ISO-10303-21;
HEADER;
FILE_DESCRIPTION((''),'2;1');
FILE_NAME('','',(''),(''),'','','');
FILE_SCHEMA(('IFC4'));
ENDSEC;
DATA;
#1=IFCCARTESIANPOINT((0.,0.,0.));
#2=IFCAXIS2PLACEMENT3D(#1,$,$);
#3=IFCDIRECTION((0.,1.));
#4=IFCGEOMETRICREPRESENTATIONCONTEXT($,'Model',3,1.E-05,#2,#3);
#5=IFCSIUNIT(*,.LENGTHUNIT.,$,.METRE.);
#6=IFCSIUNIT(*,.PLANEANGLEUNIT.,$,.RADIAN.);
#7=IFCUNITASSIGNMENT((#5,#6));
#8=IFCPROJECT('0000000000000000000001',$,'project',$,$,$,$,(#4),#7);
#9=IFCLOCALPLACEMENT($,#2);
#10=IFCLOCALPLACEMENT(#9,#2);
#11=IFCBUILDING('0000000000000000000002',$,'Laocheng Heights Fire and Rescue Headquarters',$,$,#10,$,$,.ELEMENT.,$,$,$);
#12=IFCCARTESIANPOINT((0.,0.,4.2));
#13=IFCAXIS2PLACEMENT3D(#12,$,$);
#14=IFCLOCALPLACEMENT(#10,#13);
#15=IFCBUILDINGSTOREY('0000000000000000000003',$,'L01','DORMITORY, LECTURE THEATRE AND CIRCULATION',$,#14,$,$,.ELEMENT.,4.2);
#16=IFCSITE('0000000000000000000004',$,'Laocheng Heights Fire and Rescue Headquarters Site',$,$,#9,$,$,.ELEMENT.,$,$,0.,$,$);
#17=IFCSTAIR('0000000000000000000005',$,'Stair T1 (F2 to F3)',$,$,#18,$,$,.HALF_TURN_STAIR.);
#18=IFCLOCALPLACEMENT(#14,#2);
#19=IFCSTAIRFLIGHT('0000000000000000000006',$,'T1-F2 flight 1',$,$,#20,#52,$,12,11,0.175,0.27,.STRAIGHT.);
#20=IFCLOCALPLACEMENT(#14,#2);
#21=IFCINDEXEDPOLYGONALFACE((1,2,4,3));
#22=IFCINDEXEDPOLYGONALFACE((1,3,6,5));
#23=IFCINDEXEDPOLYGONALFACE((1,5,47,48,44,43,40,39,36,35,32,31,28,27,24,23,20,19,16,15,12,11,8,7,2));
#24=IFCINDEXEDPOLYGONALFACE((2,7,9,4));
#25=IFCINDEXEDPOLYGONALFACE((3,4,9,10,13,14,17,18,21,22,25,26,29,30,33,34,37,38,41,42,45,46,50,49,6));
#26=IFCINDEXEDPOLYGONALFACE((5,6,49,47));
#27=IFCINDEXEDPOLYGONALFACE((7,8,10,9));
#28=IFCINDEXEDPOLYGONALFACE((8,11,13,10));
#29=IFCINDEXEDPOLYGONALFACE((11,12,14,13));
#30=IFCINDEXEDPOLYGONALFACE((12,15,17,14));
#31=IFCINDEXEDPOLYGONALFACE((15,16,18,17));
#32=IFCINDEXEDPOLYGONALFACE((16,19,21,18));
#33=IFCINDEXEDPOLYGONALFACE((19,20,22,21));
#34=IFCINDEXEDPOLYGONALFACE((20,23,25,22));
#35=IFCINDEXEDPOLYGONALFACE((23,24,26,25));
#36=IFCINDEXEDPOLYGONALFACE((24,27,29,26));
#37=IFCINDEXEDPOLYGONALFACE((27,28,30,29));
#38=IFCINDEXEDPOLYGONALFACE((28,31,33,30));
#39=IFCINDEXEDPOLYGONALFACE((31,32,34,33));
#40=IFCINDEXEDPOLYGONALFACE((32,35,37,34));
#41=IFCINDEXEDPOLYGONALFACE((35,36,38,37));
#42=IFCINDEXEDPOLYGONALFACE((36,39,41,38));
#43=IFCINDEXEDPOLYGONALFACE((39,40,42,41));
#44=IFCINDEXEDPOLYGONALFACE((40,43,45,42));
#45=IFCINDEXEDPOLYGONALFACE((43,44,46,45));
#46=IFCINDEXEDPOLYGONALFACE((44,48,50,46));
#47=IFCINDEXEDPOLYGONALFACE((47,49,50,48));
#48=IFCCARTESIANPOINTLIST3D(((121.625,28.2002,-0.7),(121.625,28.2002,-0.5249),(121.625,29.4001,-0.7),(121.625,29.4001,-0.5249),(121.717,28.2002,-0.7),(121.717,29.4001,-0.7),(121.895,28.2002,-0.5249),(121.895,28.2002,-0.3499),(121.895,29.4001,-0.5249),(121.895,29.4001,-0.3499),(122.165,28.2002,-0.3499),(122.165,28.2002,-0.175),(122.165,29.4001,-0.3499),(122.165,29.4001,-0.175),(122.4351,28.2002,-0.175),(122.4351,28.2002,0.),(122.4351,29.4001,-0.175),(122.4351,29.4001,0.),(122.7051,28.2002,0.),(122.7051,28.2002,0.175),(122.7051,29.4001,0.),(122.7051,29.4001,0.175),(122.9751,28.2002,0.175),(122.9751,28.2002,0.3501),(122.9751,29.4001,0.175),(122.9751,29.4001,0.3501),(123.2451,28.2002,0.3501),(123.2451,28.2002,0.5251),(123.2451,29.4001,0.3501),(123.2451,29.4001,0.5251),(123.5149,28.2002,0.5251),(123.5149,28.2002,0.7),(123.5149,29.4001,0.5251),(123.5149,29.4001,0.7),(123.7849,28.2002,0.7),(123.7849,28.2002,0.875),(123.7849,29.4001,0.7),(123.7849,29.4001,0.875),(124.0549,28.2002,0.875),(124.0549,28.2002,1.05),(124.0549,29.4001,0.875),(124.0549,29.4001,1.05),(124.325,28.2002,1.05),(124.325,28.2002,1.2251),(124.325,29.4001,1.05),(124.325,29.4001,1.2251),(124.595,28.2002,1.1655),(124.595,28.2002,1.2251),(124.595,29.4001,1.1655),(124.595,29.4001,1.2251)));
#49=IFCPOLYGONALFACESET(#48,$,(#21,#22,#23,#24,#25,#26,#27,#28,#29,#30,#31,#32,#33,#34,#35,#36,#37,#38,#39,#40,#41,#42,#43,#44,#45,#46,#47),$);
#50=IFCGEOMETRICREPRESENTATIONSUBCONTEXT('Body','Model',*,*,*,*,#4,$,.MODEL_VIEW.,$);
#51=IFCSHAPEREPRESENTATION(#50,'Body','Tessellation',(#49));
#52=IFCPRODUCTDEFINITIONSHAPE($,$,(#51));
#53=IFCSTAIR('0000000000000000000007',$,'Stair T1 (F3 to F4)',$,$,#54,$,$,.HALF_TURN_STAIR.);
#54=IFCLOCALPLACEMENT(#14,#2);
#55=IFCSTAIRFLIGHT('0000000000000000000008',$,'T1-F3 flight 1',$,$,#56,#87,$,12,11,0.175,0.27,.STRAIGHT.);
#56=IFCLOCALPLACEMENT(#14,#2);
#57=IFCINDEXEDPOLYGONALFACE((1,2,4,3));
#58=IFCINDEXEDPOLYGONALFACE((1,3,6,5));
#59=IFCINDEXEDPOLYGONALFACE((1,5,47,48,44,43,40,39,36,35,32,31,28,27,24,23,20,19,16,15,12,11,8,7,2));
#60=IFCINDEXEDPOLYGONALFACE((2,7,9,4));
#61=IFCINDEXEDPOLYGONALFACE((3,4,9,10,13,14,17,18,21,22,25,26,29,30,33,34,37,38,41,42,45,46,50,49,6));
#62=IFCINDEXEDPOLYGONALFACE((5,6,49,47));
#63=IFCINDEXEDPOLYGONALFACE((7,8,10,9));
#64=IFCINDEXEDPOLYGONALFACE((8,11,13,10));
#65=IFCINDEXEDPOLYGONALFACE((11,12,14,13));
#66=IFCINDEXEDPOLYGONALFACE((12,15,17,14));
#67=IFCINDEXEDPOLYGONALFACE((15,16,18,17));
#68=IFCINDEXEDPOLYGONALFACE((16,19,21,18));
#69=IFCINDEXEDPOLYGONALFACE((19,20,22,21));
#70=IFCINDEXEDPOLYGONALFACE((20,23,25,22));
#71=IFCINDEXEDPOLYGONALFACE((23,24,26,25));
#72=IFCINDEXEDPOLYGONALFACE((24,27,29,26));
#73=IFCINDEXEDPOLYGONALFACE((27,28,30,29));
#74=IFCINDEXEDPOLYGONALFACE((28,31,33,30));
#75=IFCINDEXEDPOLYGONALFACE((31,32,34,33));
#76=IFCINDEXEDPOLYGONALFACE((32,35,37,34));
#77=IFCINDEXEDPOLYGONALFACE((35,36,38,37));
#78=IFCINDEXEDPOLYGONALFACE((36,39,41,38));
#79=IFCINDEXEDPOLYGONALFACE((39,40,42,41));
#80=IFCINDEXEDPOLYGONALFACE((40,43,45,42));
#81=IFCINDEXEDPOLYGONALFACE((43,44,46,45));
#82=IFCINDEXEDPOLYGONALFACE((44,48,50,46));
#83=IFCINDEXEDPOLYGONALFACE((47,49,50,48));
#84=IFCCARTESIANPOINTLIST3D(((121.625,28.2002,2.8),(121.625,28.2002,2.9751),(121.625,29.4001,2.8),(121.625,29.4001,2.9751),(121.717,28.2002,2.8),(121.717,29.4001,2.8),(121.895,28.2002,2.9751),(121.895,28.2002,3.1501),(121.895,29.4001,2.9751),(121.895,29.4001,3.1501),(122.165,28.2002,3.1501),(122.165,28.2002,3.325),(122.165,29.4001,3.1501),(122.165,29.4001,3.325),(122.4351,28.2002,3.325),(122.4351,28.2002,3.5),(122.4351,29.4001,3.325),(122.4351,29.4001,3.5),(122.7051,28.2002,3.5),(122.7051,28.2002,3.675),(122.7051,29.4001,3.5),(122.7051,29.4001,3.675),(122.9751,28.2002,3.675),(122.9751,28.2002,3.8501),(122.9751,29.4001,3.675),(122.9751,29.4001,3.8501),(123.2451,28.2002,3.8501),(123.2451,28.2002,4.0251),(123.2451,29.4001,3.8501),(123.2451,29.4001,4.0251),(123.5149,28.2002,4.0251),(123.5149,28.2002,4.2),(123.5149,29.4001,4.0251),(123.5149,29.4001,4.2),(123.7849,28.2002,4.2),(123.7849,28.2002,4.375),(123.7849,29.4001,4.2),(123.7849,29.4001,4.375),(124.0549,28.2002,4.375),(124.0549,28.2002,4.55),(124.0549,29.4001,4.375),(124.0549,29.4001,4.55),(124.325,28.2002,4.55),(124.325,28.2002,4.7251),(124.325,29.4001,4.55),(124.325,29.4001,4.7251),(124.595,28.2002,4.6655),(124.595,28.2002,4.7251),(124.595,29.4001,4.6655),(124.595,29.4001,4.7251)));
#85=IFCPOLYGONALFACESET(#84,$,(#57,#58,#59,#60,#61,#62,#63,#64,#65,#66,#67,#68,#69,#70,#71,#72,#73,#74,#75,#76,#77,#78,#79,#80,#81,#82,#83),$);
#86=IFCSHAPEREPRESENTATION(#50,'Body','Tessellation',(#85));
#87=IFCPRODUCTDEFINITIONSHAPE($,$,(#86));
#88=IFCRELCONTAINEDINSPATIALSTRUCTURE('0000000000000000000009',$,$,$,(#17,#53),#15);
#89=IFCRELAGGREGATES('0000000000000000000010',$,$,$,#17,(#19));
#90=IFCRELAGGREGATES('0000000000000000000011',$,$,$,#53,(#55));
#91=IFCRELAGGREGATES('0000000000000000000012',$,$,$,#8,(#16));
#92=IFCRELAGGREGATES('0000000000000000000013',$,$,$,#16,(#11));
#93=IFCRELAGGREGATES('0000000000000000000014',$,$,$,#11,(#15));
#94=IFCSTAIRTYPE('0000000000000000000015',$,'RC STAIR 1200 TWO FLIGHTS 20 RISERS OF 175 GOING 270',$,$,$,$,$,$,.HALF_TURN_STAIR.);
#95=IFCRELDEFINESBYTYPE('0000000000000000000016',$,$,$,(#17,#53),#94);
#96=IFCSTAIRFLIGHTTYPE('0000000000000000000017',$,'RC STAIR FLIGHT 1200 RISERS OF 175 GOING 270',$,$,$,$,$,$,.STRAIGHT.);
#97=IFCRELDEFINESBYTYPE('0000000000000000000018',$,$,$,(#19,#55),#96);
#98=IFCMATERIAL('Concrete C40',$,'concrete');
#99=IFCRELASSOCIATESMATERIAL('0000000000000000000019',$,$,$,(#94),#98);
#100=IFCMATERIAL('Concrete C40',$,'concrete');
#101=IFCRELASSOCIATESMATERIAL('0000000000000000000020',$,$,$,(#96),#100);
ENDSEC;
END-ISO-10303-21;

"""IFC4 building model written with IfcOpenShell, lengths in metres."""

from ifc_helpers import new_model, si_unit, direction, frame, origin, place, context, subcontext, project, spatial, polyline, outline, extrude, material, type_object, element, aggregate, save


model = new_model("IFC4")

# Units and contexts
model_context = context("Model", 3, precision=1e-05, world=origin(), true_north=direction((0.0, 1.0)))
body_context = subcontext(model_context, "Body", "Model", "MODEL_VIEW")
ifc_project = project(units=[si_unit("LENGTHUNIT", "METRE"), si_unit("PLANEANGLEUNIT", "RADIAN")], contexts=[model_context])

# Site, building, storey
site_placement = place(None, origin())
site = spatial("IfcSite", under=ifc_project, at=site_placement, Name="Laocheng Heights Fire and Rescue Headquarters Site", CompositionType="ELEMENT", RefElevation=0.0)
building_placement = place(site_placement, origin())
building = spatial("IfcBuilding", under=site, at=building_placement, Name="Laocheng Heights Fire and Rescue Headquarters", CompositionType="ELEMENT")
storey_placement = place(building_placement, frame((0.0, 0.0, 4.2)))
storey = spatial("IfcBuildingStorey", under=building, at=storey_placement, Name="L01", Description="DORMITORY, LECTURE THEATRE AND CIRCULATION", CompositionType="ELEMENT", Elevation=4.2)

# Stairs, stair flights
ifc_material_1 = material(Name="Concrete C40", Category="concrete")
stair_type = type_object("IfcStairType", Name="RC STAIR 1200 TWO FLIGHTS 20 RISERS OF 175 GOING 270", PredefinedType="HALF_TURN_STAIR", material=ifc_material_1)
stair_1_placement = place(storey_placement, origin())
stair_1 = element("IfcStair", 1, at=stair_1_placement, inside=storey, type_object=stair_type, Name="Stair T1 (F2 to F3)", PredefinedType="HALF_TURN_STAIR")
ifc_material_2 = material(Name="Concrete C40", Category="concrete")
stair_flight_type = type_object("IfcStairFlightType", Name="RC STAIR FLIGHT 1200 RISERS OF 175 GOING 270", PredefinedType="STRAIGHT", material=ifc_material_2)
stair_flight_1_placement = place(storey_placement, frame((121.625, 28.8, -0.7), z_axis=(0.0, 0.0, 1.0), x_axis=(1.0, 0.0, 0.0)))
stair_flight_1 = element("IfcStairFlight", 2, at=stair_flight_1_placement, type_object=stair_flight_type, Name="T1-F2 flight 1", NumberOfRisers=12, NumberOfTreads=11, PredefinedType="STRAIGHT", RiserHeight=0.175, TreadLength=0.27, context=body_context, shape_type="SweptSolid", body=[
    extrude(outline(polyline([(0.0, 0.0), (0.0, 0.175), (0.27, 0.175), (0.27, 0.3501), (0.54, 0.3501), (0.54, 0.5249), (0.8101, 0.5249), (0.8101, 0.7), (1.0801, 0.7), (1.0801, 0.875), (1.3501, 0.875), (1.3501, 1.05), (1.6201, 1.05), (1.6201, 1.2251), (1.8899, 1.2251), (1.8899, 1.3999), (2.1599, 1.3999), (2.1599, 1.575), (2.4299, 1.575), (2.4299, 1.75), (2.7, 1.75), (2.7, 1.925), (2.97, 1.925), (2.97, 2.1001), (2.97, 1.8655), (0.092, 0.0), (0.0, 0.0)])), frame((0.0, 0.6001, 0.0), z_axis=(0.0, -1.0, 0.0), x_axis=(1.0, 0.0, 0.0)), (0.0, 0.0, 1.0), 1.2),
])
aggregate(stair_1, [stair_flight_1])
stair_2_placement = place(storey_placement, origin())
stair_2 = element("IfcStair", 3, at=stair_2_placement, inside=storey, type_object=stair_type, Name="Stair T1 (F3 to F4)", PredefinedType="HALF_TURN_STAIR")
stair_flight_2_placement = place(storey_placement, frame((121.625, 28.8, 2.8), z_axis=(0.0, 0.0, 1.0), x_axis=(1.0, 0.0, 0.0)))
stair_flight_2 = element("IfcStairFlight", 4, at=stair_flight_2_placement, type_object=stair_flight_type, Name="T1-F3 flight 1", NumberOfRisers=12, NumberOfTreads=11, PredefinedType="STRAIGHT", RiserHeight=0.175, TreadLength=0.27, context=body_context, shape_type="SweptSolid", body=[
    extrude(outline(polyline([(0.0, 0.0), (0.0, 0.175), (0.27, 0.175), (0.27, 0.3501), (0.54, 0.3501), (0.54, 0.5249), (0.8101, 0.5249), (0.8101, 0.7), (1.0801, 0.7), (1.0801, 0.875), (1.3501, 0.875), (1.3501, 1.05), (1.6201, 1.05), (1.6201, 1.2251), (1.8899, 1.2251), (1.8899, 1.3999), (2.1599, 1.3999), (2.1599, 1.575), (2.4299, 1.575), (2.4299, 1.75), (2.7, 1.75), (2.7, 1.925), (2.97, 1.925), (2.97, 2.1001), (2.97, 1.8655), (0.092, 0.0), (0.0, 0.0)])), frame((0.0, 0.6001, 0.0), z_axis=(0.0, -1.0, 0.0), x_axis=(1.0, 0.0, 0.0)), (0.0, 0.0, 1.0), 1.2),
])
aggregate(stair_2, [stair_flight_2])

save(model, "model.ifc")
